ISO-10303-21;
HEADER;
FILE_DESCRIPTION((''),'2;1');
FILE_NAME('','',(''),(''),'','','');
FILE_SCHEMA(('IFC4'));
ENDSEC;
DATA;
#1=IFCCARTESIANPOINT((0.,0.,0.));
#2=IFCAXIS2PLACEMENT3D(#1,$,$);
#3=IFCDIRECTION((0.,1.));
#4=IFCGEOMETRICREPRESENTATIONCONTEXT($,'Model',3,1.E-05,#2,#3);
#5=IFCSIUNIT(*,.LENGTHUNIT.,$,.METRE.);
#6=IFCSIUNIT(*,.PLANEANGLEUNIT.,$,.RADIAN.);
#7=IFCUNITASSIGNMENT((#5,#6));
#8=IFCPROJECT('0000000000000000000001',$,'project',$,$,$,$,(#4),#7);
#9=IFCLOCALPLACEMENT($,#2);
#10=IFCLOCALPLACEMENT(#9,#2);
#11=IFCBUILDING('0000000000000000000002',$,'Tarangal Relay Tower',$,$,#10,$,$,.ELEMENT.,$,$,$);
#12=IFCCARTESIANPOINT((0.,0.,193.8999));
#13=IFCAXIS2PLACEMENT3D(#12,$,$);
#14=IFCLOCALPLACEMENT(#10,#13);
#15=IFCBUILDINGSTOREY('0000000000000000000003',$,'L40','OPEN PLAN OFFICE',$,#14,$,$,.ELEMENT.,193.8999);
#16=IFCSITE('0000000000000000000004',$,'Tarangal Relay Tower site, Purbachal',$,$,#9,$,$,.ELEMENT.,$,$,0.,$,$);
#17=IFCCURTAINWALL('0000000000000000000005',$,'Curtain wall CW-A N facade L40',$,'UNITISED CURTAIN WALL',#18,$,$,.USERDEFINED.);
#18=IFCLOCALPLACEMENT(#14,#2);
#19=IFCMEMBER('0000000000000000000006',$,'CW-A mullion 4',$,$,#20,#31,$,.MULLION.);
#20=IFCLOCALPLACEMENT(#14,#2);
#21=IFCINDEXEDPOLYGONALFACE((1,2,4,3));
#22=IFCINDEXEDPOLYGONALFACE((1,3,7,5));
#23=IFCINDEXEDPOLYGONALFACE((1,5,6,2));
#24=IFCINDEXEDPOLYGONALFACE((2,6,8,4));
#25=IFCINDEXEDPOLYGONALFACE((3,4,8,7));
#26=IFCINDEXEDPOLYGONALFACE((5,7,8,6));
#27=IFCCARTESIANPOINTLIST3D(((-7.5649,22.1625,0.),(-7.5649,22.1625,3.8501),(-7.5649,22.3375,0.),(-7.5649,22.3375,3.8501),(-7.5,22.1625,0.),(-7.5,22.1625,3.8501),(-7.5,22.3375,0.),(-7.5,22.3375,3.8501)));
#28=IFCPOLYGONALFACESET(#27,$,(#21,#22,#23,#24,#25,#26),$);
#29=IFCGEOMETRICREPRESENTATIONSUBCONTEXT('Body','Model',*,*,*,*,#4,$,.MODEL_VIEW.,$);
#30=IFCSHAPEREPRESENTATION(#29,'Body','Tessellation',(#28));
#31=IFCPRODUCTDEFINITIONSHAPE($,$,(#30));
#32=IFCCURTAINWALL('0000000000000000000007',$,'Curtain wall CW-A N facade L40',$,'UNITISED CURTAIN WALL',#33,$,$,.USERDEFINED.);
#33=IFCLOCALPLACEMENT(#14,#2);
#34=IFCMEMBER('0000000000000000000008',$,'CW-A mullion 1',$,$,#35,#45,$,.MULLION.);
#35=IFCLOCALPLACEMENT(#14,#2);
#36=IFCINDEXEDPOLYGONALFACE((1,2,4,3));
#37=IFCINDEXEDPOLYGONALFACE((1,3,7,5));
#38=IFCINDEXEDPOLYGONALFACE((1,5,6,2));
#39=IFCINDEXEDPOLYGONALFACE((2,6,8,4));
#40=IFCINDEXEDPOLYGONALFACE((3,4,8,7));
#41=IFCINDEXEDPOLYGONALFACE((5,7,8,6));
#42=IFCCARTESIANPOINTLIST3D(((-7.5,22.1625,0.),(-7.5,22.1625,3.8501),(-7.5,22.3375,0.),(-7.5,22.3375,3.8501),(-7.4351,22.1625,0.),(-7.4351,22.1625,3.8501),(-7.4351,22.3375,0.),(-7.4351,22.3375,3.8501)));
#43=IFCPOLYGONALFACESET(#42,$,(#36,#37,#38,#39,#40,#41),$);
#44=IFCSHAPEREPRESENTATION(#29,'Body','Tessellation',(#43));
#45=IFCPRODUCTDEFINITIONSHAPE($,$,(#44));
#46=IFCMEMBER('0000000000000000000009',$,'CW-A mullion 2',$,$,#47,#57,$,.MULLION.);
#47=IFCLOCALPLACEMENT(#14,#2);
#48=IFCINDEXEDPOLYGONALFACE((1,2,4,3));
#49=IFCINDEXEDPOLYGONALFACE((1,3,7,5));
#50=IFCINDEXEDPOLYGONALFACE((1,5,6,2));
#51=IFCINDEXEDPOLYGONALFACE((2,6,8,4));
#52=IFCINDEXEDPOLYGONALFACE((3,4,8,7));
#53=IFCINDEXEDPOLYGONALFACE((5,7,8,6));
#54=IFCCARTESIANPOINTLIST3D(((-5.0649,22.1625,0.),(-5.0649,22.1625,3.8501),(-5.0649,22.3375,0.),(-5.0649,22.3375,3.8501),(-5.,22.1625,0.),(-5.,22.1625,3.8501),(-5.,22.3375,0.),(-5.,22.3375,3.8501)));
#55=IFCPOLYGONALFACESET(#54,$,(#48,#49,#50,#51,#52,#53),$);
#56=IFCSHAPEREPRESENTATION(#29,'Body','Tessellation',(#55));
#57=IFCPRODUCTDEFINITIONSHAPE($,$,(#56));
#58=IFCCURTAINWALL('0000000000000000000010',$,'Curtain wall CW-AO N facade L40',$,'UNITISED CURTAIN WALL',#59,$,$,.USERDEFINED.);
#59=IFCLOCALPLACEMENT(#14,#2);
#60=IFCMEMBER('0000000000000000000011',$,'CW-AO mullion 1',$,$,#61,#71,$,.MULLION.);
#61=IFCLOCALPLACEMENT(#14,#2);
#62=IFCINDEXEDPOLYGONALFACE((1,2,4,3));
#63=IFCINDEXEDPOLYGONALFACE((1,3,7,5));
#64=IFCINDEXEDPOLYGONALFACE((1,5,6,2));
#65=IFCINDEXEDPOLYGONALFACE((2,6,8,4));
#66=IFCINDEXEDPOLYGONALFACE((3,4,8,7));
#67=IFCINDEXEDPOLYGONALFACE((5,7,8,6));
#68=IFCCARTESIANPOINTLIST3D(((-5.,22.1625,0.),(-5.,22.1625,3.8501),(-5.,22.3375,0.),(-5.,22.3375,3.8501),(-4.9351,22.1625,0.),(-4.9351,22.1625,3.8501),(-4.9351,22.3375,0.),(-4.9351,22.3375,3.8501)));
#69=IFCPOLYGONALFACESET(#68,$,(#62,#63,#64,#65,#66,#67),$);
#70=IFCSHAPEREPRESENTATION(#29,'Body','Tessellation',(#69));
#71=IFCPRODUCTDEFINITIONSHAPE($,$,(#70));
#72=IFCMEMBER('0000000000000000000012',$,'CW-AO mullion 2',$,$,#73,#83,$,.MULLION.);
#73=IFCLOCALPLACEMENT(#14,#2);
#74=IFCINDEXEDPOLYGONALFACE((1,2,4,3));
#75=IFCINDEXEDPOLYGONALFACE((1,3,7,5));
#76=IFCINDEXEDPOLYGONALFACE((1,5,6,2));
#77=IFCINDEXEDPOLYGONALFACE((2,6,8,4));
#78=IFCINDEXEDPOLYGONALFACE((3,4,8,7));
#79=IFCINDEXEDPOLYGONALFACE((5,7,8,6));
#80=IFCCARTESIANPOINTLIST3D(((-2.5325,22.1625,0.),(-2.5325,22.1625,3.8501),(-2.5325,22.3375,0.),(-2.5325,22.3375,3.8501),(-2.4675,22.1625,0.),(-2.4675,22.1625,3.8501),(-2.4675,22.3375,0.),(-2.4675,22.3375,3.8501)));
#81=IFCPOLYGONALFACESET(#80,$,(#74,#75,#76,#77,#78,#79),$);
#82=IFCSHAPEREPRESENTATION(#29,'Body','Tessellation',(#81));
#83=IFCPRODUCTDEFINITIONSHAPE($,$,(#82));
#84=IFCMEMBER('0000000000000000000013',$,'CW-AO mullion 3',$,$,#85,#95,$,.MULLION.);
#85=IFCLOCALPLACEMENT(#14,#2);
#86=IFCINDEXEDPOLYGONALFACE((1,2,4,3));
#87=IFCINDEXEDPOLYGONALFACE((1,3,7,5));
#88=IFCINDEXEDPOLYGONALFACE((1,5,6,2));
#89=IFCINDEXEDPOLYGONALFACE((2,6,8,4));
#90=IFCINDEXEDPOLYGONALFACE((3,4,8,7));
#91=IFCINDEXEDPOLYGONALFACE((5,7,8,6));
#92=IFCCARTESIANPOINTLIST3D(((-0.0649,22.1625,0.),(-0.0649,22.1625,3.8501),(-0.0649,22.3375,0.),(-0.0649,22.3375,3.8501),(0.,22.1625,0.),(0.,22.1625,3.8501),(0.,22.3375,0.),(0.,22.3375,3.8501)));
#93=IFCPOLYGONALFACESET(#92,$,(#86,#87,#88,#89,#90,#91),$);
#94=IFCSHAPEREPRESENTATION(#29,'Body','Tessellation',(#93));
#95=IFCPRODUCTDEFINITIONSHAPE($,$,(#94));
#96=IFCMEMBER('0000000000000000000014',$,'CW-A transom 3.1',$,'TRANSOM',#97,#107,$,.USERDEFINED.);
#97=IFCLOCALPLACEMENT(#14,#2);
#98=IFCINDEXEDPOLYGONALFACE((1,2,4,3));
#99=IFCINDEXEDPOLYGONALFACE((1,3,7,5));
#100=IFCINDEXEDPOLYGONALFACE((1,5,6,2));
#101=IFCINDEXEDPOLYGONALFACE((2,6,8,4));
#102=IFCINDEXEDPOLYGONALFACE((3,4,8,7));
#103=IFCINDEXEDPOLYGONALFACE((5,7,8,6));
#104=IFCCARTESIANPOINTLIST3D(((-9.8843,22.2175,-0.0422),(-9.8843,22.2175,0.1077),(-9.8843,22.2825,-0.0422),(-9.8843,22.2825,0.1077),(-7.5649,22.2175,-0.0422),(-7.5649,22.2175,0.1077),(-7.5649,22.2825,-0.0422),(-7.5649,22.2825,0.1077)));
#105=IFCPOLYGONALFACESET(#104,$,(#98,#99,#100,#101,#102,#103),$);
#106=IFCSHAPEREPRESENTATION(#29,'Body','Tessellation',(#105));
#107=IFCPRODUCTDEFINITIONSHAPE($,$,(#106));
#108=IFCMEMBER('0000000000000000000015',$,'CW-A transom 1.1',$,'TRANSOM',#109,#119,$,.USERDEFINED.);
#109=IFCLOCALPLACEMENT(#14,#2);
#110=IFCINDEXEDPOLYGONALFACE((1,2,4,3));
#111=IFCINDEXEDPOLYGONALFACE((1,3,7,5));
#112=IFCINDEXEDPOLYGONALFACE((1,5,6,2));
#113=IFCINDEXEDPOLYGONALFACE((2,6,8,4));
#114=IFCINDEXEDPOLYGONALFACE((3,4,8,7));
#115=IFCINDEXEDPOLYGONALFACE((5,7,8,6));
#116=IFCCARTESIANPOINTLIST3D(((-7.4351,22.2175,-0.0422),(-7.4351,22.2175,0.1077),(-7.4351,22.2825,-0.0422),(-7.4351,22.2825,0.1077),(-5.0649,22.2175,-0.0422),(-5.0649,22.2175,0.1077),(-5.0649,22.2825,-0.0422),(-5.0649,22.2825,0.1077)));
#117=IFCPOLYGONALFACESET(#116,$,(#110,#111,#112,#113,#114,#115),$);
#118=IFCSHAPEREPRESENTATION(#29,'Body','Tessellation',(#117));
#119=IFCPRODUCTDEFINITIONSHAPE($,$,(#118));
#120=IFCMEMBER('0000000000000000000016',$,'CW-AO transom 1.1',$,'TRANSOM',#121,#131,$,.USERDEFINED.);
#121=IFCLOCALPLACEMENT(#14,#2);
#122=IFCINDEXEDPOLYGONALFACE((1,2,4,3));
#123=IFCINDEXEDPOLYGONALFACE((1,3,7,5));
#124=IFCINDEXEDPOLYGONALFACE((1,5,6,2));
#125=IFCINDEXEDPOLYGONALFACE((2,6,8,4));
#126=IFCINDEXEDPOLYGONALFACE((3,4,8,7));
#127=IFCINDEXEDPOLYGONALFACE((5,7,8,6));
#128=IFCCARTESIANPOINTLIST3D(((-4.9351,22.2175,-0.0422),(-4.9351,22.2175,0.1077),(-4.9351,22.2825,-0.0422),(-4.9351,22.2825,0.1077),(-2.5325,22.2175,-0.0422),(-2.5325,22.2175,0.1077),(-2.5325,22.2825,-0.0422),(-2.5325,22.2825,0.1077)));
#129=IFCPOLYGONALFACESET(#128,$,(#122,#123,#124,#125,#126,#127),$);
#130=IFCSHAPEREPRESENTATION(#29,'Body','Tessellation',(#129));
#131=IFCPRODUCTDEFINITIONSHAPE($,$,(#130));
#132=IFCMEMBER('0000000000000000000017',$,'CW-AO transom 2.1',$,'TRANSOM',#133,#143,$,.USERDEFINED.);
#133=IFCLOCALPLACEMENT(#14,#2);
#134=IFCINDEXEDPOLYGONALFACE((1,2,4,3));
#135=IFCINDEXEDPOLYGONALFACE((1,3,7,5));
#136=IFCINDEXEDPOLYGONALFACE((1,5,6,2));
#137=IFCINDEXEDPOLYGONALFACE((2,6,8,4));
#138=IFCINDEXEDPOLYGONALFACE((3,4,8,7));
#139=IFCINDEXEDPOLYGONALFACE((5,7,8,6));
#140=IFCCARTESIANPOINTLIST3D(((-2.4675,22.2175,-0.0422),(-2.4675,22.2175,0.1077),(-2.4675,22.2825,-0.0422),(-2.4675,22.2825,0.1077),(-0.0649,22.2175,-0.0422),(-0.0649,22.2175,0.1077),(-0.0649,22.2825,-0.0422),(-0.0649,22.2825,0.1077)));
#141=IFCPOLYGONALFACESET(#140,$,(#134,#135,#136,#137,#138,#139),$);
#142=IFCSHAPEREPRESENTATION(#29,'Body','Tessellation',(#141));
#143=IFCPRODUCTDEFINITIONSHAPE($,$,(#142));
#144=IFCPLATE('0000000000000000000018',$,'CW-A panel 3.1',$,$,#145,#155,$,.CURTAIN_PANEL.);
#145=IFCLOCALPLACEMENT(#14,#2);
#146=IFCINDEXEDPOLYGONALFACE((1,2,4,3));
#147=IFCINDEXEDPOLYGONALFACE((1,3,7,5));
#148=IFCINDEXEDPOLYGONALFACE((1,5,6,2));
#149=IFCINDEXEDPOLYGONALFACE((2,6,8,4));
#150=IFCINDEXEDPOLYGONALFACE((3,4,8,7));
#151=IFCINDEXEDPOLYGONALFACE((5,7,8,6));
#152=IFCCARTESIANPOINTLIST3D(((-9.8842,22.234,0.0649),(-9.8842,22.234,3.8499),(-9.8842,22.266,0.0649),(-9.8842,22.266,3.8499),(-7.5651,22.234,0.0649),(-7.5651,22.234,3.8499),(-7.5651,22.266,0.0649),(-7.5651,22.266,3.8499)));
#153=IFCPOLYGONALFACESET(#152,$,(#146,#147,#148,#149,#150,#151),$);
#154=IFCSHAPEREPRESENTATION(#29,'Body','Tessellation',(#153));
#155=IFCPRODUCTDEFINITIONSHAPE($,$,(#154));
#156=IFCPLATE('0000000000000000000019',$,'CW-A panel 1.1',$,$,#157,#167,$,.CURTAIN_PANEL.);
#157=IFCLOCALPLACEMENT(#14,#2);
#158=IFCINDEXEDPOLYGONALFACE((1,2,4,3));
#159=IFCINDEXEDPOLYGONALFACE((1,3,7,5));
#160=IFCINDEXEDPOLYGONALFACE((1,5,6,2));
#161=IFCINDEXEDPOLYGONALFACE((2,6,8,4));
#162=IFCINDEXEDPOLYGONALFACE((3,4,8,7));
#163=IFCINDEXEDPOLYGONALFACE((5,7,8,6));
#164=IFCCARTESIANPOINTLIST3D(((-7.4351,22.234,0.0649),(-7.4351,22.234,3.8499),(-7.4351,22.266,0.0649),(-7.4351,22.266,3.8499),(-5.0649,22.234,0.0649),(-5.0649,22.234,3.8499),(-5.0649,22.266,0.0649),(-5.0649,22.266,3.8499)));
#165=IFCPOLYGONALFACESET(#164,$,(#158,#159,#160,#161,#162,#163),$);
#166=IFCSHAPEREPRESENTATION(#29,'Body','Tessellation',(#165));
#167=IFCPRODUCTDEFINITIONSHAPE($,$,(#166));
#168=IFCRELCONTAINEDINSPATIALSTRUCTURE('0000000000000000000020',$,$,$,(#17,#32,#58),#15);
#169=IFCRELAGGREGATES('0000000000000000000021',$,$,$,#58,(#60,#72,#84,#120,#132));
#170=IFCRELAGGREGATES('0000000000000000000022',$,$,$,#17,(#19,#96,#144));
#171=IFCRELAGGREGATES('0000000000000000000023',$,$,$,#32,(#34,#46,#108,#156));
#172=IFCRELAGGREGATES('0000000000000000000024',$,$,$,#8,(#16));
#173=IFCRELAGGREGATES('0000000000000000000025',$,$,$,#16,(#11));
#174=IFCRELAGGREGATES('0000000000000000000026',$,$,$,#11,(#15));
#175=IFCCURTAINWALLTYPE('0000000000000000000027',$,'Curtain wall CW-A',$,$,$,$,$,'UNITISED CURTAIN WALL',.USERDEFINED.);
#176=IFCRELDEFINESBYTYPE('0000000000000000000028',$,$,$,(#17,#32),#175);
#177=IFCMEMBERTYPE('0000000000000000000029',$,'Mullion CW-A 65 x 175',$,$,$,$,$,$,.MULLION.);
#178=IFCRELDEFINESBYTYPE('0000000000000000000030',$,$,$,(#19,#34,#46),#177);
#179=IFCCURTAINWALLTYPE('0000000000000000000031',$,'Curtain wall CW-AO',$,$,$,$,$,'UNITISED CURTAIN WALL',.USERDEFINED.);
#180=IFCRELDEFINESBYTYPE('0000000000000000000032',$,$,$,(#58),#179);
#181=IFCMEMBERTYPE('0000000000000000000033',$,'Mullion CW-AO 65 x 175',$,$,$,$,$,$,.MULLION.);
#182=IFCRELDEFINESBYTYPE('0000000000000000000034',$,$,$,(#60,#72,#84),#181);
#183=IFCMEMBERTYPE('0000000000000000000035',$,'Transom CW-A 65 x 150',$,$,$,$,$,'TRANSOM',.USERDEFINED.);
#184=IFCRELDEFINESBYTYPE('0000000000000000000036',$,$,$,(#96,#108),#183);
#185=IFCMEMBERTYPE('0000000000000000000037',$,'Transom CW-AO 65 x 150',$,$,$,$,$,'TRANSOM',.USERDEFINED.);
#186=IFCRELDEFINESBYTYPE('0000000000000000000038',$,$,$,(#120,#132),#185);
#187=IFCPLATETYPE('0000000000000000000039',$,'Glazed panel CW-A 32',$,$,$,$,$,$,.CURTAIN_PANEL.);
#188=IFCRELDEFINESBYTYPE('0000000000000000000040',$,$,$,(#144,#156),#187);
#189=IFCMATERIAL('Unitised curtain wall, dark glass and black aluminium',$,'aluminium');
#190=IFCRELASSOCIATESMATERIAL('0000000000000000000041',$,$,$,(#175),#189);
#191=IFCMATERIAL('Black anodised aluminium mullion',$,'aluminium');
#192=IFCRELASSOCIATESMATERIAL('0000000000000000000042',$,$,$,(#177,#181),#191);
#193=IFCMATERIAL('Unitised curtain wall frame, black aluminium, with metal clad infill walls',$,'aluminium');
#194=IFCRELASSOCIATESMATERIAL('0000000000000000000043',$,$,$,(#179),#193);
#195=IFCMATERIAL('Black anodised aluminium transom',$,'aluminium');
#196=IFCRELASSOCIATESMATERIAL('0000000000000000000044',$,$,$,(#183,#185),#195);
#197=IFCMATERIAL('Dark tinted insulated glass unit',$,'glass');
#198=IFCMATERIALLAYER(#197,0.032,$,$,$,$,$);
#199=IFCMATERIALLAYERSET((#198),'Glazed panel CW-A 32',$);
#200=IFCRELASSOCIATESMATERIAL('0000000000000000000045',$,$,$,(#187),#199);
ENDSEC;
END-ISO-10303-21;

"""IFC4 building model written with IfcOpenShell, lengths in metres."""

from ifc_helpers import new_model, si_unit, direction, frame, origin, origin_2d, place, context, subcontext, project, spatial, rectangle, extrude, material, layer, layer_set, material_profile, profile_set, type_object, element, aggregate, save


model = new_model("IFC4")

# Units and contexts
model_context = context("Model", 3, precision=1e-05, world=origin(), true_north=direction((0.0, 1.0)))
body_context = subcontext(model_context, "Body", "Model", "MODEL_VIEW")
ifc_project = project(units=[si_unit("LENGTHUNIT", "METRE"), si_unit("PLANEANGLEUNIT", "RADIAN")], contexts=[model_context])

# Site, building, storey
site_placement = place(None, origin())
site = spatial("IfcSite", under=ifc_project, at=site_placement, Name="Tarangal Relay Tower site, Purbachal", CompositionType="ELEMENT", RefElevation=0.0)
building_placement = place(site_placement, origin())
building = spatial("IfcBuilding", under=site, at=building_placement, Name="Tarangal Relay Tower", CompositionType="ELEMENT")
storey_placement = place(building_placement, frame((0.0, 0.0, 193.8999)))
storey = spatial("IfcBuildingStorey", under=building, at=storey_placement, Name="L40", Description="OPEN PLAN OFFICE", CompositionType="ELEMENT", Elevation=193.8999)

# Curtain walls, members
ifc_material_1 = material(Name="Unitised curtain wall, dark glass and black aluminium", Category="aluminium")
curtain_wall_type_1 = type_object("IfcCurtainWallType", Name="Curtain wall CW-A", ElementType="UNITISED CURTAIN WALL", PredefinedType="USERDEFINED", material=ifc_material_1)
curtain_wall_1_placement = place(storey_placement, origin())
curtain_wall_1 = element("IfcCurtainWall", 1, at=curtain_wall_1_placement, inside=storey, type_object=curtain_wall_type_1, Name="Curtain wall CW-A N facade L40", ObjectType="UNITISED CURTAIN WALL", PredefinedType="USERDEFINED")
ifc_material_2 = material(Name="Black anodised aluminium mullion", Category="aluminium")
ifc_material_profile_1 = material_profile(ifc_material_2, rectangle(XDim=0.175, YDim=0.0649, at=origin_2d()), Name="CW-AM 65X175")
ifc_profile_set_1 = profile_set([ifc_material_profile_1], Name="Black anodised aluminium mullion")
member_type_1 = type_object("IfcMemberType", Name="Mullion CW-A 65 x 175", PredefinedType="MULLION", material=ifc_profile_set_1)
member_1_placement = place(storey_placement, frame((-7.5325, 22.25, 0.0), z_axis=(0.0, 0.0, 1.0), x_axis=(0.0, 1.0, 0.0)))
member_1 = element("IfcMember", 2, at=member_1_placement, type_object=member_type_1, Name="CW-A mullion 4", PredefinedType="MULLION", context=body_context, shape_type="SweptSolid", body=[
    extrude(rectangle(XDim=0.175, YDim=0.0649, at=origin_2d()), origin(), (0.0, 0.0, 1.0), 3.8501),
])
curtain_wall_2_placement = place(storey_placement, origin())
curtain_wall_2 = element("IfcCurtainWall", 3, at=curtain_wall_2_placement, inside=storey, type_object=curtain_wall_type_1, Name="Curtain wall CW-A N facade L40", ObjectType="UNITISED CURTAIN WALL", PredefinedType="USERDEFINED")
member_2_placement = place(storey_placement, frame((-7.4675, 22.25, 0.0), z_axis=(0.0, 0.0, 1.0), x_axis=(0.0, 1.0, 0.0)))
member_2 = element("IfcMember", 4, at=member_2_placement, type_object=member_type_1, Name="CW-A mullion 1", PredefinedType="MULLION", context=body_context, shape_type="SweptSolid", body=[
    extrude(rectangle(XDim=0.175, YDim=0.0649, at=origin_2d()), origin(), (0.0, 0.0, 1.0), 3.8501),
])
member_3_placement = place(storey_placement, frame((-5.0325, 22.25, 0.0), z_axis=(0.0, 0.0, 1.0), x_axis=(0.0, 1.0, 0.0)))
member_3 = element("IfcMember", 5, at=member_3_placement, type_object=member_type_1, Name="CW-A mullion 2", PredefinedType="MULLION", context=body_context, shape_type="SweptSolid", body=[
    extrude(rectangle(XDim=0.175, YDim=0.0649, at=origin_2d()), origin(), (0.0, 0.0, 1.0), 3.8501),
])
ifc_material_3 = material(Name="Unitised curtain wall frame, black aluminium, with metal clad infill walls", Category="aluminium")
curtain_wall_type_2 = type_object("IfcCurtainWallType", Name="Curtain wall CW-AO", ElementType="UNITISED CURTAIN WALL", PredefinedType="USERDEFINED", material=ifc_material_3)
curtain_wall_3_placement = place(storey_placement, origin())
curtain_wall_3 = element("IfcCurtainWall", 6, at=curtain_wall_3_placement, inside=storey, type_object=curtain_wall_type_2, Name="Curtain wall CW-AO N facade L40", ObjectType="UNITISED CURTAIN WALL", PredefinedType="USERDEFINED")
ifc_material_profile_2 = material_profile(ifc_material_2, rectangle(XDim=0.175, YDim=0.0649, at=origin_2d()), Name="CW-AOM 65X175")
ifc_profile_set_2 = profile_set([ifc_material_profile_2], Name="Black anodised aluminium mullion")
member_type_2 = type_object("IfcMemberType", Name="Mullion CW-AO 65 x 175", PredefinedType="MULLION", material=ifc_profile_set_2)
member_4_placement = place(storey_placement, frame((-4.9675, 22.25, 0.0), z_axis=(0.0, 0.0, 1.0), x_axis=(0.0, 1.0, 0.0)))
member_4 = element("IfcMember", 7, at=member_4_placement, type_object=member_type_2, Name="CW-AO mullion 1", PredefinedType="MULLION", context=body_context, shape_type="SweptSolid", body=[
    extrude(rectangle(XDim=0.175, YDim=0.0649, at=origin_2d()), origin(), (0.0, 0.0, 1.0), 3.8501),
])
member_5_placement = place(storey_placement, frame((-2.5, 22.25, 0.0), z_axis=(0.0, 0.0, 1.0), x_axis=(0.0, 1.0, 0.0)))
member_5 = element("IfcMember", 8, at=member_5_placement, type_object=member_type_2, Name="CW-AO mullion 2", PredefinedType="MULLION", context=body_context, shape_type="SweptSolid", body=[
    extrude(rectangle(XDim=0.175, YDim=0.0649, at=origin_2d()), origin(), (0.0, 0.0, 1.0), 3.8501),
])
member_6_placement = place(storey_placement, frame((-0.0325, 22.25, 0.0), z_axis=(0.0, 0.0, 1.0), x_axis=(0.0, 1.0, 0.0)))
member_6 = element("IfcMember", 9, at=member_6_placement, type_object=member_type_2, Name="CW-AO mullion 3", PredefinedType="MULLION", context=body_context, shape_type="SweptSolid", body=[
    extrude(rectangle(XDim=0.175, YDim=0.0649, at=origin_2d()), origin(), (0.0, 0.0, 1.0), 3.8501),
])

# Members
ifc_material_4 = material(Name="Black anodised aluminium transom", Category="aluminium")
ifc_material_profile_3 = material_profile(ifc_material_4, rectangle(XDim=0.0649, YDim=0.1499, at=origin_2d()), Name="CW-AT 65X150")
ifc_profile_set_3 = profile_set([ifc_material_profile_3], Name="Black anodised aluminium transom")
member_type_3 = type_object("IfcMemberType", Name="Transom CW-A 65 x 150", ElementType="TRANSOM", PredefinedType="USERDEFINED", material=ifc_profile_set_3)
member_7_placement = place(storey_placement, frame((-9.8843, 22.25, 0.0327), z_axis=(1.0, 0.0, 0.0), x_axis=(0.0, 1.0, 0.0)))
member_7 = element("IfcMember", 10, at=member_7_placement, type_object=member_type_3, Name="CW-A transom 3.1", ObjectType="TRANSOM", PredefinedType="USERDEFINED", context=body_context, shape_type="SweptSolid", body=[
    extrude(rectangle(XDim=0.0649, YDim=0.1499, at=origin_2d()), origin(), (0.0, 0.0, 1.0), 2.3193),
])
member_8_placement = place(storey_placement, frame((-7.4351, 22.25, 0.0327), z_axis=(1.0, 0.0, 0.0), x_axis=(0.0, 1.0, 0.0)))
member_8 = element("IfcMember", 11, at=member_8_placement, type_object=member_type_3, Name="CW-A transom 1.1", ObjectType="TRANSOM", PredefinedType="USERDEFINED", context=body_context, shape_type="SweptSolid", body=[
    extrude(rectangle(XDim=0.0649, YDim=0.1499, at=origin_2d()), origin(), (0.0, 0.0, 1.0), 2.3701),
])
ifc_material_profile_4 = material_profile(ifc_material_4, rectangle(XDim=0.0649, YDim=0.1499, at=origin_2d()), Name="CW-AOT 65X150")
ifc_profile_set_4 = profile_set([ifc_material_profile_4], Name="Black anodised aluminium transom")
member_type_4 = type_object("IfcMemberType", Name="Transom CW-AO 65 x 150", ElementType="TRANSOM", PredefinedType="USERDEFINED", material=ifc_profile_set_4)
member_9_placement = place(storey_placement, frame((-4.9351, 22.25, 0.0327), z_axis=(1.0, 0.0, 0.0), x_axis=(0.0, 1.0, 0.0)))
member_9 = element("IfcMember", 12, at=member_9_placement, type_object=member_type_4, Name="CW-AO transom 1.1", ObjectType="TRANSOM", PredefinedType="USERDEFINED", context=body_context, shape_type="SweptSolid", body=[
    extrude(rectangle(XDim=0.0649, YDim=0.1499, at=origin_2d()), origin(), (0.0, 0.0, 1.0), 2.4026),
])
member_10_placement = place(storey_placement, frame((-2.4675, 22.25, 0.0327), z_axis=(1.0, 0.0, 0.0), x_axis=(0.0, 1.0, 0.0)))
member_10 = element("IfcMember", 13, at=member_10_placement, type_object=member_type_4, Name="CW-AO transom 2.1", ObjectType="TRANSOM", PredefinedType="USERDEFINED", context=body_context, shape_type="SweptSolid", body=[
    extrude(rectangle(XDim=0.0649, YDim=0.1499, at=origin_2d()), origin(), (0.0, 0.0, 1.0), 2.4026),
])
aggregate(curtain_wall_3, [member_4, member_5, member_6, member_9, member_10])

# Plates
ifc_material_5 = material(Name="Dark tinted insulated glass unit", Category="glass")
ifc_layer_1 = layer(ifc_material_5, 0.032)
ifc_layer_set_1 = layer_set([ifc_layer_1], Name="Glazed panel CW-A 32")
plate_type = type_object("IfcPlateType", Name="Glazed panel CW-A 32", PredefinedType="CURTAIN_PANEL", material=ifc_layer_set_1)
plate_1_placement = place(storey_placement, frame((-8.7246, 22.25, 0.0649), z_axis=(0.0, 0.0, 1.0), x_axis=(1.0, 0.0, 0.0)))
plate_1 = element("IfcPlate", 14, at=plate_1_placement, type_object=plate_type, Name="CW-A panel 3.1", PredefinedType="CURTAIN_PANEL", context=body_context, shape_type="SweptSolid", body=[
    extrude(rectangle(XDim=2.3191, YDim=0.032, at=origin_2d()), origin(), (0.0, 0.0, 1.0), 3.7849),
])
aggregate(curtain_wall_1, [member_1, member_7, plate_1])
plate_2_placement = place(storey_placement, frame((-6.25, 22.25, 0.0649), z_axis=(0.0, 0.0, 1.0), x_axis=(1.0, 0.0, 0.0)))
plate_2 = element("IfcPlate", 15, at=plate_2_placement, type_object=plate_type, Name="CW-A panel 1.1", PredefinedType="CURTAIN_PANEL", context=body_context, shape_type="SweptSolid", body=[
    extrude(rectangle(XDim=2.3701, YDim=0.032, at=origin_2d()), origin(), (0.0, 0.0, 1.0), 3.7849),
])
aggregate(curtain_wall_2, [member_2, member_3, member_8, plate_2])

save(model, "model.ifc")
